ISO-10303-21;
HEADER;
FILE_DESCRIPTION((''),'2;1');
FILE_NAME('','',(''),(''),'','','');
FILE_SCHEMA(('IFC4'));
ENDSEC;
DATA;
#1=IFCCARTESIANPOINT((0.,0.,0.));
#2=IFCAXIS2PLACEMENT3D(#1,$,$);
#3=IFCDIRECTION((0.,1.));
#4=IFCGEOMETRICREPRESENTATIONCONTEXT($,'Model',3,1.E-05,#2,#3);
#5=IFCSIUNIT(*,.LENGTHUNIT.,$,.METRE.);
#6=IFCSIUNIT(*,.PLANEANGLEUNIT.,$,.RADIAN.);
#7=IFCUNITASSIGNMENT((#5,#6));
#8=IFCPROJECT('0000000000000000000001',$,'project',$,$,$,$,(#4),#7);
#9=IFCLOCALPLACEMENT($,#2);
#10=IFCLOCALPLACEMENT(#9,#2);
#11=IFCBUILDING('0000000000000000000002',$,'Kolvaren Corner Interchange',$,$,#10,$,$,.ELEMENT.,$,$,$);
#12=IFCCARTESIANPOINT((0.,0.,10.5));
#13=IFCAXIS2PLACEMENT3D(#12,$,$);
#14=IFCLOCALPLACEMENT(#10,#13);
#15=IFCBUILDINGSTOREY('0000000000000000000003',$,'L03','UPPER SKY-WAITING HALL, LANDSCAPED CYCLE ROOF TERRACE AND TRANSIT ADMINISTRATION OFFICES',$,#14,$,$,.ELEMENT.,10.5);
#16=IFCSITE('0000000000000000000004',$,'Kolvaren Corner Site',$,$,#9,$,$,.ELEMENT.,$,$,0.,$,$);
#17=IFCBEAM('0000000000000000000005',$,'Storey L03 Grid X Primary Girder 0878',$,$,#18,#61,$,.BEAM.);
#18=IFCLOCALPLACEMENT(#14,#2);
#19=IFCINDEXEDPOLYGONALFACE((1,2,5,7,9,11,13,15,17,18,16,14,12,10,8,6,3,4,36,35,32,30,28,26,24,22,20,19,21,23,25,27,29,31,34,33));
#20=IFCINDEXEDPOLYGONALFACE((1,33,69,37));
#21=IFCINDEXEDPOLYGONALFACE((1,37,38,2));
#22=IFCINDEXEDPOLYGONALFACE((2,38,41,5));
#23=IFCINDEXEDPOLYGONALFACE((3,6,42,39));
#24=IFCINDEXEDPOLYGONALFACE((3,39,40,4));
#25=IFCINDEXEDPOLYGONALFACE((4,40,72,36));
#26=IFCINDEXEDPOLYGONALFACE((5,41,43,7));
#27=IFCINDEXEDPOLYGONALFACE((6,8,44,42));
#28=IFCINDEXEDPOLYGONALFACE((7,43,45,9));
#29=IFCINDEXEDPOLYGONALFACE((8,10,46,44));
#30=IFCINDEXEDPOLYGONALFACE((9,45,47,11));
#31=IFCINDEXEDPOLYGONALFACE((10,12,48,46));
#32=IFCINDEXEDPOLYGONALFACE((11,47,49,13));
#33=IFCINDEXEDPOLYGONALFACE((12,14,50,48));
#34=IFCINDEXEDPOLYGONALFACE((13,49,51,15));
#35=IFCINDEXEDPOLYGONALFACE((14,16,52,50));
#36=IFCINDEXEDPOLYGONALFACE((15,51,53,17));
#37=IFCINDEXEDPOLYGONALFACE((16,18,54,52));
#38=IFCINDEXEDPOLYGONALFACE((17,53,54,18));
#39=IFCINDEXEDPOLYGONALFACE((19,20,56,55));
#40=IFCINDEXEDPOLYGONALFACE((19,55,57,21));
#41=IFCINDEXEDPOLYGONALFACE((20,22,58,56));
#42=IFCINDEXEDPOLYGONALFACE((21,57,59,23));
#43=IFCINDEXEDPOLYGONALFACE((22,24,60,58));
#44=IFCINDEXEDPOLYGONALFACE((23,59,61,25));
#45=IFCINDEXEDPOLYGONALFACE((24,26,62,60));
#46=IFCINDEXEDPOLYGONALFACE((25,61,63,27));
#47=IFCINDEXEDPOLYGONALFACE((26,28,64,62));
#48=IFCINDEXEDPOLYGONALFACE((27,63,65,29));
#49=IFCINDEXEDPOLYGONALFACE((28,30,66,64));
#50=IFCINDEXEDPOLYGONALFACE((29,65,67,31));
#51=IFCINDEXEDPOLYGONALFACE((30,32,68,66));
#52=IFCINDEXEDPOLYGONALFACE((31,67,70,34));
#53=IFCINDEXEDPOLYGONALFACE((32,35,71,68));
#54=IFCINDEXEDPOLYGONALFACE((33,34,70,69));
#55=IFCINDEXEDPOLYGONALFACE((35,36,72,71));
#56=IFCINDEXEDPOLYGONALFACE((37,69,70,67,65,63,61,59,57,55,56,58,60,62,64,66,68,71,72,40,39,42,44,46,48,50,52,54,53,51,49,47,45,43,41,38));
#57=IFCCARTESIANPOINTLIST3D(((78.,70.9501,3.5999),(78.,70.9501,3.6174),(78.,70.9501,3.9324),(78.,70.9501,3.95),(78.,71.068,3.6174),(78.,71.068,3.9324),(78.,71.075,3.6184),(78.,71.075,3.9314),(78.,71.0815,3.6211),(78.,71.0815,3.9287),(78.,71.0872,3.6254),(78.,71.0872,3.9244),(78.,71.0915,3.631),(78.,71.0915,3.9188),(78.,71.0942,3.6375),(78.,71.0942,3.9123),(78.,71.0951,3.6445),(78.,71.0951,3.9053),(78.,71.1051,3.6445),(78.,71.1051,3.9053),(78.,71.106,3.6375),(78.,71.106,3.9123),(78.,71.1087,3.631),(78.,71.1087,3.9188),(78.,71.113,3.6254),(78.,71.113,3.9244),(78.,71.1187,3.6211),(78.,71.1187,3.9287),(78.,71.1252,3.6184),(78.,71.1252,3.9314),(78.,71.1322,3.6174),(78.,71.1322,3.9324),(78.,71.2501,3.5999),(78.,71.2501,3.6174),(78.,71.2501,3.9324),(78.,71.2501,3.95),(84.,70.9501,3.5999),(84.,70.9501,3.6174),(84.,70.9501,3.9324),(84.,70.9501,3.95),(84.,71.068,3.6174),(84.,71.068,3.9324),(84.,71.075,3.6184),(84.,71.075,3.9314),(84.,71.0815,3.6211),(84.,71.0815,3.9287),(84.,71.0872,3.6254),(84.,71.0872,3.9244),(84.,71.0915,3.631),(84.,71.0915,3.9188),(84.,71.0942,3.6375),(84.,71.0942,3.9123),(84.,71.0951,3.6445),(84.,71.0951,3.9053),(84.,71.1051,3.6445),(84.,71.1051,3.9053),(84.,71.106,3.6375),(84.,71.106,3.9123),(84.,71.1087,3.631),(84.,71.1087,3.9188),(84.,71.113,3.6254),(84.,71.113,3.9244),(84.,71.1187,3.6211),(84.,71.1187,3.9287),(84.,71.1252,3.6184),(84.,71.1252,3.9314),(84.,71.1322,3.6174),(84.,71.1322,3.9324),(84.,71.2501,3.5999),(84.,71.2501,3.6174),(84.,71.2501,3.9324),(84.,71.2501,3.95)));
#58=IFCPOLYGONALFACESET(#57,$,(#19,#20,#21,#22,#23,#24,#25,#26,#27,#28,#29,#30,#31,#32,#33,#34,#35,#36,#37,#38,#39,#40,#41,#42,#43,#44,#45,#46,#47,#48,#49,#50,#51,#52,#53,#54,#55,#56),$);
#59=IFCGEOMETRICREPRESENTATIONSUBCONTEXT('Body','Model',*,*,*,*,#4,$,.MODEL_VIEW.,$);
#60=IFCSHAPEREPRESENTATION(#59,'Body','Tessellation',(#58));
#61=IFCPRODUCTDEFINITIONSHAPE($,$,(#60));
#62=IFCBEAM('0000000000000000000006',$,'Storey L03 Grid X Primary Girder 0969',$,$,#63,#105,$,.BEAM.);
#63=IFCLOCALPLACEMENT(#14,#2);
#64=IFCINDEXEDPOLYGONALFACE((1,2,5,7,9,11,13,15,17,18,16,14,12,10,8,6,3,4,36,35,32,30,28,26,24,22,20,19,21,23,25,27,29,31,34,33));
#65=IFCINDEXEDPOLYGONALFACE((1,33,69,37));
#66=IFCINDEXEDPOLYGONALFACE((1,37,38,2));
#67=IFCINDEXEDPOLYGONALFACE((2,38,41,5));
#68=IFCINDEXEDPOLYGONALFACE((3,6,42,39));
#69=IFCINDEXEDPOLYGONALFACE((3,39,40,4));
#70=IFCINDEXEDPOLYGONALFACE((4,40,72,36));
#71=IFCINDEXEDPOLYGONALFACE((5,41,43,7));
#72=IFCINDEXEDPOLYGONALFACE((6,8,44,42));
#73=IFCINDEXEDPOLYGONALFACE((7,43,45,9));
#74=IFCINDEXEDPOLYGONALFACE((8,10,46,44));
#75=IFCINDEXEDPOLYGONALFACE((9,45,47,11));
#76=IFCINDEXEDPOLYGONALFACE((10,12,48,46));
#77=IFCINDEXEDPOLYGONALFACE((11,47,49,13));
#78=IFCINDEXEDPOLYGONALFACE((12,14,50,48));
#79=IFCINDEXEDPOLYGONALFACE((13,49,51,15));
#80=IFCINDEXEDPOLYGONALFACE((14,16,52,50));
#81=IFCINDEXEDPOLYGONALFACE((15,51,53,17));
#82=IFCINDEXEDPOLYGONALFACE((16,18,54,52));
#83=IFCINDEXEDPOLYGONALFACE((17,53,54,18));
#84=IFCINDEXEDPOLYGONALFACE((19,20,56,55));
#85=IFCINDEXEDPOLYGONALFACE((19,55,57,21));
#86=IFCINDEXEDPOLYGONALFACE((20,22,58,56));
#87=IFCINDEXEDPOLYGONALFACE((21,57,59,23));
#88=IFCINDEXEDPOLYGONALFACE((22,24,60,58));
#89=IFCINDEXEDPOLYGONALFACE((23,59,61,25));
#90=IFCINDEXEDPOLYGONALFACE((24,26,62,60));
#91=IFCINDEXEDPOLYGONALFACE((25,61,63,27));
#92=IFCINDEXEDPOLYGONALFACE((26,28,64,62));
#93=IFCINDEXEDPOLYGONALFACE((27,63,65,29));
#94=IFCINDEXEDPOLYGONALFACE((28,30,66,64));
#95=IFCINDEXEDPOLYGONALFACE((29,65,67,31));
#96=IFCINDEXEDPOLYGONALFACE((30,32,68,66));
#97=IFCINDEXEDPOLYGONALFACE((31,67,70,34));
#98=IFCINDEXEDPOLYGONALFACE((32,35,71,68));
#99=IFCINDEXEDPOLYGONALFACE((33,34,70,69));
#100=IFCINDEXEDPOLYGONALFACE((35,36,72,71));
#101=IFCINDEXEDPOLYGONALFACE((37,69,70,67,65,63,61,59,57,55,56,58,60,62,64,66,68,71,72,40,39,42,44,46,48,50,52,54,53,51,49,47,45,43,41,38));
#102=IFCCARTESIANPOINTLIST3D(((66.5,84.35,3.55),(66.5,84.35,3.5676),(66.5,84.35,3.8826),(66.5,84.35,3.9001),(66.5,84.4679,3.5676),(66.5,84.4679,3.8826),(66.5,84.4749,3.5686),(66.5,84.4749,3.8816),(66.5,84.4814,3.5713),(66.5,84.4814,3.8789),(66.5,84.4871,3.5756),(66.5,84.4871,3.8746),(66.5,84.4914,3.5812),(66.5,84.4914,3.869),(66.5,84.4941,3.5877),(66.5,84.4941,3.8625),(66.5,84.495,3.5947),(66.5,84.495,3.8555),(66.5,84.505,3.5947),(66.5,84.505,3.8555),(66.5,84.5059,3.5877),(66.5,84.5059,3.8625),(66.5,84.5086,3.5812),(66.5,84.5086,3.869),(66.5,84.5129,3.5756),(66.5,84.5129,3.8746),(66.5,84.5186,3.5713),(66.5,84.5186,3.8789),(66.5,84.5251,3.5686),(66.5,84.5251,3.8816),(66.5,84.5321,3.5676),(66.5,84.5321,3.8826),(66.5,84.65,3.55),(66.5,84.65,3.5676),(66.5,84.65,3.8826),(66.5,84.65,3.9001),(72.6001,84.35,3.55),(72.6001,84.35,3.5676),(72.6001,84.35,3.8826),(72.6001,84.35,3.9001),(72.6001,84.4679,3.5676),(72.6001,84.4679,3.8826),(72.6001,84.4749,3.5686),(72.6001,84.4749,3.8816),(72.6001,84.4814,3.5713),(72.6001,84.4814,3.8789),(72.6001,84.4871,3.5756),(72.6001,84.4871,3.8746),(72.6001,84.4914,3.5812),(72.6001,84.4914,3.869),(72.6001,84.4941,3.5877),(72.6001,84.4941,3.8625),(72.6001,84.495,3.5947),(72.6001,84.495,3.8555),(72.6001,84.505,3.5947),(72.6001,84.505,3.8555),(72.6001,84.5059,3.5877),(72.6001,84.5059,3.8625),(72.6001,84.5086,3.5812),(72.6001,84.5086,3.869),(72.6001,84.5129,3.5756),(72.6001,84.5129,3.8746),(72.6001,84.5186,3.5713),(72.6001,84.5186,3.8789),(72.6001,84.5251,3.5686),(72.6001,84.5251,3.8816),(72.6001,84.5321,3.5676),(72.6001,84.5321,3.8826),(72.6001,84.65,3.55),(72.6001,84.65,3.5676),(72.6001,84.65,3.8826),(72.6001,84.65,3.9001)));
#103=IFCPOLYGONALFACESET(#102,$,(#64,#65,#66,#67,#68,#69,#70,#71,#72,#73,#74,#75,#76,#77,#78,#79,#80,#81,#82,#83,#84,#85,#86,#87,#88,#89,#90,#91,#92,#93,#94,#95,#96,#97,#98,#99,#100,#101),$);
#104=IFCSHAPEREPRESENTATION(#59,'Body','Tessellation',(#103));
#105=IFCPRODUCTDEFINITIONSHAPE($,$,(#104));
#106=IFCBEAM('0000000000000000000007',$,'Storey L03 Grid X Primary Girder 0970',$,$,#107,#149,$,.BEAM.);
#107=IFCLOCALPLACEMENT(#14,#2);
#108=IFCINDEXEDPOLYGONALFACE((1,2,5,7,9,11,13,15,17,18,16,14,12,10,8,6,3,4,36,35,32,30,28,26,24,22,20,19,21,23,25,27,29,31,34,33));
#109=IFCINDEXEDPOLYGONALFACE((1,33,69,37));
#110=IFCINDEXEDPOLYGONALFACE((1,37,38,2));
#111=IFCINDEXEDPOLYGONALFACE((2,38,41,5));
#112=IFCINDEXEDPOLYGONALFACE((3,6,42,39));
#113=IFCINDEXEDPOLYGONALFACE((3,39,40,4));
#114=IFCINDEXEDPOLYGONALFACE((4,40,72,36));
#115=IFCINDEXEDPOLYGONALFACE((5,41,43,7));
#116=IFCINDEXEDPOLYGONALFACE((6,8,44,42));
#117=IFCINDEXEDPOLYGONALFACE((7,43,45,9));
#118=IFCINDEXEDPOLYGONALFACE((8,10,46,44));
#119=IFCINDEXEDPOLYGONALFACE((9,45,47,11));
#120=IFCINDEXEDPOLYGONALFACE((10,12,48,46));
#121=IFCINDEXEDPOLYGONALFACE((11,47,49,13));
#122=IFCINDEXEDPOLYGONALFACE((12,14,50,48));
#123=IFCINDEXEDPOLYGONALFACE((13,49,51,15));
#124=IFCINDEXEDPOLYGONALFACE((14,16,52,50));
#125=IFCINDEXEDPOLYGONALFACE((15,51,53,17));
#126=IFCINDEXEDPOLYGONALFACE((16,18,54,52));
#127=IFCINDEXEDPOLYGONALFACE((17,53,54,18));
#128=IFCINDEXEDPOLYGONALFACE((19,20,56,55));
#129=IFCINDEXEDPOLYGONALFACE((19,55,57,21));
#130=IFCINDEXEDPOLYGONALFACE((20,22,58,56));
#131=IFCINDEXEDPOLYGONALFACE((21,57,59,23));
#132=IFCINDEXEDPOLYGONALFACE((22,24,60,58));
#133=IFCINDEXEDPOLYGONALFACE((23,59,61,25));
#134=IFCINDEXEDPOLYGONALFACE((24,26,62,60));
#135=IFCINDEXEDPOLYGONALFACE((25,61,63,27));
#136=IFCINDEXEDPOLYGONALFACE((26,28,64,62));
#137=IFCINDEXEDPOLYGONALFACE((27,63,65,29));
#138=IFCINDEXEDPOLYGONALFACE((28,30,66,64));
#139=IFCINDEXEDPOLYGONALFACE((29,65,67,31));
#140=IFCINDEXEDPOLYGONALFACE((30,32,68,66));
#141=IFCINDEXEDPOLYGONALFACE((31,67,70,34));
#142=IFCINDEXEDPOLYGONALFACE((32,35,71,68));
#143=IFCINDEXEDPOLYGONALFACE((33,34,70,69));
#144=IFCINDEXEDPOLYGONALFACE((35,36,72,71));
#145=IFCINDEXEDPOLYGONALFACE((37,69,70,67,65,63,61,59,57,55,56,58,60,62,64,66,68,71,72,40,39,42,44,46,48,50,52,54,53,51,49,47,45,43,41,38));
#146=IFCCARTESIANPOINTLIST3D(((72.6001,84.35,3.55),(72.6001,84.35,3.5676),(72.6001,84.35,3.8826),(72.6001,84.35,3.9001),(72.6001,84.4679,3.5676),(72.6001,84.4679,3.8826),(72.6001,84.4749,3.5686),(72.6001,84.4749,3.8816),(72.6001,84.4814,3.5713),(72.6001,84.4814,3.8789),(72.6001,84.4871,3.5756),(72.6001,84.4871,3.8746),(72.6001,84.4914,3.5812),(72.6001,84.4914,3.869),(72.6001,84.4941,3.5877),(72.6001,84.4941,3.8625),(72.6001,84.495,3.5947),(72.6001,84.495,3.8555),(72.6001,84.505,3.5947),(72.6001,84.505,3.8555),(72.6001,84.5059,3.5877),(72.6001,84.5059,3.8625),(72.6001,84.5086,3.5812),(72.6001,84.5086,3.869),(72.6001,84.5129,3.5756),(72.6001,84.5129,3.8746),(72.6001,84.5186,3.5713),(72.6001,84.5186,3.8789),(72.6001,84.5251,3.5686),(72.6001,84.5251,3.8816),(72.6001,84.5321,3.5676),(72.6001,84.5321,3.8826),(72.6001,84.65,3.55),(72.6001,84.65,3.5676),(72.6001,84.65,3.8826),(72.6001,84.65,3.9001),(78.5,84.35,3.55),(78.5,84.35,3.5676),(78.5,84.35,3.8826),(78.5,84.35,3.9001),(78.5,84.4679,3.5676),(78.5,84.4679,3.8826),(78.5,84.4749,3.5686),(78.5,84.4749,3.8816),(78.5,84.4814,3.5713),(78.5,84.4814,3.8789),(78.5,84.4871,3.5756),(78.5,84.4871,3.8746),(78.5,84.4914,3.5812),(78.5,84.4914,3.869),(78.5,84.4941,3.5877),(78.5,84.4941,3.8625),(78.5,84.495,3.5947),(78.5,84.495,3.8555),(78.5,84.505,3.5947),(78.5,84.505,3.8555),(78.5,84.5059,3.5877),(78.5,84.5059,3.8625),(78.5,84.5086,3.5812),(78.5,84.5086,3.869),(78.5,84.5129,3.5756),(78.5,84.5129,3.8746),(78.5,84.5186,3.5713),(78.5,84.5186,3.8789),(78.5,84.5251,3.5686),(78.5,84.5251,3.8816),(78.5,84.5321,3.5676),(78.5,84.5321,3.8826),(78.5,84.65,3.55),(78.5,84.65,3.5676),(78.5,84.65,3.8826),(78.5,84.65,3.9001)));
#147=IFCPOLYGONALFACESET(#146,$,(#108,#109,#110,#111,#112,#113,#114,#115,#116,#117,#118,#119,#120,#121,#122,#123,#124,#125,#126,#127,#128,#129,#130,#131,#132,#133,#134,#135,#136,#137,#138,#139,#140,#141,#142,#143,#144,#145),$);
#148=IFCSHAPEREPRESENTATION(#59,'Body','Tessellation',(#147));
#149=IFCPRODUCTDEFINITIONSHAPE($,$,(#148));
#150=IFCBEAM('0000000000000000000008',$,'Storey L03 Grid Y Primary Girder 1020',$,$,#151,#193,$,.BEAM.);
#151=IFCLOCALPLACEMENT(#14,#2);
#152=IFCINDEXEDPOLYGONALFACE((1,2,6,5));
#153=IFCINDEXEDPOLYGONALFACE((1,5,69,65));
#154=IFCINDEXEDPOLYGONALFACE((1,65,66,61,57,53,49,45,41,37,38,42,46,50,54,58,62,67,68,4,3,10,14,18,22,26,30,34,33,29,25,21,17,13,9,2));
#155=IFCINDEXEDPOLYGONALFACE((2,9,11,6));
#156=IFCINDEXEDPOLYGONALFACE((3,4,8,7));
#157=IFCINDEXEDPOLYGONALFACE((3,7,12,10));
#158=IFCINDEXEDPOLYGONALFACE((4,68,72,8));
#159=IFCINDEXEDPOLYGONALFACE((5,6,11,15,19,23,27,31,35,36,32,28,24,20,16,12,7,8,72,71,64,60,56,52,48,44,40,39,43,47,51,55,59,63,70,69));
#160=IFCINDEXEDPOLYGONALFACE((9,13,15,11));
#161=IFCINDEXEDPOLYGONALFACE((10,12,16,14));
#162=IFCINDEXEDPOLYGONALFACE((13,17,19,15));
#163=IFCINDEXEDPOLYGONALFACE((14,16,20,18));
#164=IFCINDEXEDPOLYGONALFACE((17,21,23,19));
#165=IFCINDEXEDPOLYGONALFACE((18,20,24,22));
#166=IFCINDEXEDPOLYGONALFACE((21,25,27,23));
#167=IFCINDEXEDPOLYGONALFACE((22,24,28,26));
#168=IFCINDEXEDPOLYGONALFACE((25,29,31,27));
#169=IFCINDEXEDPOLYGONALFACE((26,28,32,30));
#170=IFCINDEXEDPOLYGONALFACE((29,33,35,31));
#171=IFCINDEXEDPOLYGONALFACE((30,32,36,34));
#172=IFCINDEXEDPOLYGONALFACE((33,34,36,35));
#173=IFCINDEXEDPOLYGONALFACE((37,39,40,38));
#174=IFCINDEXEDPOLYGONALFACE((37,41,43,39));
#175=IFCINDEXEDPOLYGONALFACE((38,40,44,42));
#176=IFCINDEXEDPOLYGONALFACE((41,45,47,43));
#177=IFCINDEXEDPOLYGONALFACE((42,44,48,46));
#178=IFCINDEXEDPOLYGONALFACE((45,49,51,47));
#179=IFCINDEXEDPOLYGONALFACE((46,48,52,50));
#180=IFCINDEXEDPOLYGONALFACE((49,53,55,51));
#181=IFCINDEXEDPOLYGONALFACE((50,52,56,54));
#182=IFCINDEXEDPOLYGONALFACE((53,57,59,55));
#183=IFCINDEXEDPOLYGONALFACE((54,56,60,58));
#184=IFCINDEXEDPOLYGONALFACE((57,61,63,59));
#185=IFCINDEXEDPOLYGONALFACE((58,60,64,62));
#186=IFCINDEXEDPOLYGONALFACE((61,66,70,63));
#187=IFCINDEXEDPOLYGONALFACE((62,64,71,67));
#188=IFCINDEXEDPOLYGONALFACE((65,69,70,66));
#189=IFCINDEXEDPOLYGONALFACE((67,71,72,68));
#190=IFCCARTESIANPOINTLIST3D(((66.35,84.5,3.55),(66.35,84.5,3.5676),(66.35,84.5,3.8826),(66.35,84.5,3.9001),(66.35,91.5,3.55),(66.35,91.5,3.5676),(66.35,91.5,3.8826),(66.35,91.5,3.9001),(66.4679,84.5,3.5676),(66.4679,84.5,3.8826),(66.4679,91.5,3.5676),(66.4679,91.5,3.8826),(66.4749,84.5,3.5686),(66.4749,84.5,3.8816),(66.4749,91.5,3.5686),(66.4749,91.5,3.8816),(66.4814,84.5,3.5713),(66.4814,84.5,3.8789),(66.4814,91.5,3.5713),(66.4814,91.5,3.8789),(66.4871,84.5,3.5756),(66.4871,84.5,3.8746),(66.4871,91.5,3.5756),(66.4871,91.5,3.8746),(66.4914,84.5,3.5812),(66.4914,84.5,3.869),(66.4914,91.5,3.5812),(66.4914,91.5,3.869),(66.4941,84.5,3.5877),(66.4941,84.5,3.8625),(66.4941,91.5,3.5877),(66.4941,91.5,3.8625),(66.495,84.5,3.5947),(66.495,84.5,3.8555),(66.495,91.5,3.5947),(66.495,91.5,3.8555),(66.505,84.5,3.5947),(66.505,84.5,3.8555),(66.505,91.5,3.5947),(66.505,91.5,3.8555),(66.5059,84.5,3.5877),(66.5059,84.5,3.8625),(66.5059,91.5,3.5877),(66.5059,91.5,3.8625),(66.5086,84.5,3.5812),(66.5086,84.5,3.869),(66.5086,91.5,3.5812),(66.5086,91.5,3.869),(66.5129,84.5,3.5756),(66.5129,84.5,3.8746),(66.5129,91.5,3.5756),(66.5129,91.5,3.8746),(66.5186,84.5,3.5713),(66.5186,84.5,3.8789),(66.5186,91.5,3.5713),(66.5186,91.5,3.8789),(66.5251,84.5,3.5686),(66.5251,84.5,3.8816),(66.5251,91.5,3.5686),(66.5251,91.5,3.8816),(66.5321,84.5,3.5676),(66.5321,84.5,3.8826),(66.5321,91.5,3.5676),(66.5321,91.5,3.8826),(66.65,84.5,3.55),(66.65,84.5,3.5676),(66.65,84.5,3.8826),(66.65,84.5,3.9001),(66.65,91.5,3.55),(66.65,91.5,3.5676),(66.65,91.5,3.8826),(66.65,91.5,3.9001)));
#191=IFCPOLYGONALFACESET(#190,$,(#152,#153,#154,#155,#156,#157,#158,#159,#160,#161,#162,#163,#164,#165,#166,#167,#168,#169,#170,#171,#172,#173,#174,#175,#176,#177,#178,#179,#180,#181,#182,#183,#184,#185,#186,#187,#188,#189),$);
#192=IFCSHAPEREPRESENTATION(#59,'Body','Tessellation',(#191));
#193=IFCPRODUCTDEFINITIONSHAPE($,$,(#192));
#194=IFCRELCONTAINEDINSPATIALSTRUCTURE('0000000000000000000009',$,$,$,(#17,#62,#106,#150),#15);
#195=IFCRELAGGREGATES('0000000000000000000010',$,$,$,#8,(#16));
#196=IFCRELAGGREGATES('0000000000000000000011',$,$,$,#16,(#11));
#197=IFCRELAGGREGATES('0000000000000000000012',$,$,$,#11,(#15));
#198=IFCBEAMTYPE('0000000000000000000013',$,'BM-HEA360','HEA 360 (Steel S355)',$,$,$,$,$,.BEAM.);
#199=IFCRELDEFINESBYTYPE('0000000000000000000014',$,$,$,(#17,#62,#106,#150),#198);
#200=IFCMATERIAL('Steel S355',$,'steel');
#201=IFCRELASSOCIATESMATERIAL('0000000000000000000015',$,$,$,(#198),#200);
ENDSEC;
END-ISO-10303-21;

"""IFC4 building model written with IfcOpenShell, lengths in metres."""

from ifc_helpers import new_model, si_unit, direction, frame, origin, origin_2d, place, context, subcontext, project, spatial, i_section, extrude, material, material_profile, profile_set, type_object, element, save


model = new_model("IFC4")

# Units and contexts
model_context = context("Model", 3, precision=1e-05, world=origin(), true_north=direction((0.0, 1.0)))
body_context = subcontext(model_context, "Body", "Model", "MODEL_VIEW")
ifc_project = project(units=[si_unit("LENGTHUNIT", "METRE"), si_unit("PLANEANGLEUNIT", "RADIAN")], contexts=[model_context])

# Site, building, storey
site_placement = place(None, origin())
site = spatial("IfcSite", under=ifc_project, at=site_placement, Name="Kolvaren Corner Site", CompositionType="ELEMENT", RefElevation=0.0)
building_placement = place(site_placement, origin())
building = spatial("IfcBuilding", under=site, at=building_placement, Name="Kolvaren Corner Interchange", CompositionType="ELEMENT")
storey_placement = place(building_placement, frame((0.0, 0.0, 10.5)))
storey = spatial("IfcBuildingStorey", under=building, at=storey_placement, Name="L03", Description="UPPER SKY-WAITING HALL, LANDSCAPED CYCLE ROOF TERRACE AND TRANSIT ADMINISTRATION OFFICES", CompositionType="ELEMENT", Elevation=10.5)

# Beams
ifc_material_1 = material(Name="Steel S355", Category="steel")
ifc_material_profile_1 = material_profile(ifc_material_1, i_section(OverallWidth=0.3, OverallDepth=0.3501, WebThickness=0.01, FlangeThickness=0.0176, FilletRadius=0.0271, at=origin_2d()), Name="HEA 360")
ifc_profile_set_1 = profile_set([ifc_material_profile_1], Name="Steel S355")
beam_type_1 = type_object("IfcBeamType", Name="BM-HEA360", Description="HEA 360 (Steel S355)", PredefinedType="BEAM", material=ifc_profile_set_1)
for number, where, z_axis, x_axis, name in (
    (1, (78.0, 71.1001, 3.7749), (1.0, 0.0, 0.0), (0.0, 1.0, 0.0), "Storey L03 Grid X Primary Girder 0878"),
):
    element("IfcBeam", number, at=place(storey_placement, frame(where, z_axis=z_axis, x_axis=x_axis)), inside=storey, type_object=beam_type_1, Name=name, PredefinedType="BEAM", context=body_context, shape_type="SweptSolid", body=[
        extrude(i_section(OverallWidth=0.3, OverallDepth=0.3501, WebThickness=0.01, FlangeThickness=0.0176, FilletRadius=0.0271, at=origin_2d()), origin(), (0.0, 0.0, 1.0), 6.0),
    ])
beam_1_placement = place(storey_placement, frame((66.5, 84.5, 3.7251), z_axis=(1.0, 0.0, 0.0), x_axis=(0.0, 1.0, 0.0)))
element("IfcBeam", 2, at=beam_1_placement, inside=storey, type_object=beam_type_1, Name="Storey L03 Grid X Primary Girder 0969", PredefinedType="BEAM", context=body_context, shape_type="SweptSolid", body=[
    extrude(i_section(OverallWidth=0.3, OverallDepth=0.3501, WebThickness=0.01, FlangeThickness=0.0176, FilletRadius=0.0271, at=origin_2d()), origin(), (0.0, 0.0, 1.0), 6.1001),
])
beam_2_placement = place(storey_placement, frame((72.6001, 84.5, 3.7251), z_axis=(1.0, 0.0, 0.0), x_axis=(0.0, 1.0, 0.0)))
element("IfcBeam", 3, at=beam_2_placement, inside=storey, type_object=beam_type_1, Name="Storey L03 Grid X Primary Girder 0970", PredefinedType="BEAM", context=body_context, shape_type="SweptSolid", body=[
    extrude(i_section(OverallWidth=0.3, OverallDepth=0.3501, WebThickness=0.01, FlangeThickness=0.0176, FilletRadius=0.0271, at=origin_2d()), origin(), (0.0, 0.0, 1.0), 5.8999),
])
for number, where, z_axis, x_axis, name in (
    (4, (66.5, 84.5, 3.7251), (0.0, 1.0, 0.0), (-1.0, 0.0, 0.0), "Storey L03 Grid Y Primary Girder 1020"),
):
    element("IfcBeam", number, at=place(storey_placement, frame(where, z_axis=z_axis, x_axis=x_axis)), inside=storey, type_object=beam_type_1, Name=name, PredefinedType="BEAM", context=body_context, shape_type="SweptSolid", body=[
        extrude(i_section(OverallWidth=0.3, OverallDepth=0.3501, WebThickness=0.01, FlangeThickness=0.0176, FilletRadius=0.0271, at=origin_2d()), origin(), (0.0, 0.0, 1.0), 7.0),
    ])

save(model, "model.ifc")
